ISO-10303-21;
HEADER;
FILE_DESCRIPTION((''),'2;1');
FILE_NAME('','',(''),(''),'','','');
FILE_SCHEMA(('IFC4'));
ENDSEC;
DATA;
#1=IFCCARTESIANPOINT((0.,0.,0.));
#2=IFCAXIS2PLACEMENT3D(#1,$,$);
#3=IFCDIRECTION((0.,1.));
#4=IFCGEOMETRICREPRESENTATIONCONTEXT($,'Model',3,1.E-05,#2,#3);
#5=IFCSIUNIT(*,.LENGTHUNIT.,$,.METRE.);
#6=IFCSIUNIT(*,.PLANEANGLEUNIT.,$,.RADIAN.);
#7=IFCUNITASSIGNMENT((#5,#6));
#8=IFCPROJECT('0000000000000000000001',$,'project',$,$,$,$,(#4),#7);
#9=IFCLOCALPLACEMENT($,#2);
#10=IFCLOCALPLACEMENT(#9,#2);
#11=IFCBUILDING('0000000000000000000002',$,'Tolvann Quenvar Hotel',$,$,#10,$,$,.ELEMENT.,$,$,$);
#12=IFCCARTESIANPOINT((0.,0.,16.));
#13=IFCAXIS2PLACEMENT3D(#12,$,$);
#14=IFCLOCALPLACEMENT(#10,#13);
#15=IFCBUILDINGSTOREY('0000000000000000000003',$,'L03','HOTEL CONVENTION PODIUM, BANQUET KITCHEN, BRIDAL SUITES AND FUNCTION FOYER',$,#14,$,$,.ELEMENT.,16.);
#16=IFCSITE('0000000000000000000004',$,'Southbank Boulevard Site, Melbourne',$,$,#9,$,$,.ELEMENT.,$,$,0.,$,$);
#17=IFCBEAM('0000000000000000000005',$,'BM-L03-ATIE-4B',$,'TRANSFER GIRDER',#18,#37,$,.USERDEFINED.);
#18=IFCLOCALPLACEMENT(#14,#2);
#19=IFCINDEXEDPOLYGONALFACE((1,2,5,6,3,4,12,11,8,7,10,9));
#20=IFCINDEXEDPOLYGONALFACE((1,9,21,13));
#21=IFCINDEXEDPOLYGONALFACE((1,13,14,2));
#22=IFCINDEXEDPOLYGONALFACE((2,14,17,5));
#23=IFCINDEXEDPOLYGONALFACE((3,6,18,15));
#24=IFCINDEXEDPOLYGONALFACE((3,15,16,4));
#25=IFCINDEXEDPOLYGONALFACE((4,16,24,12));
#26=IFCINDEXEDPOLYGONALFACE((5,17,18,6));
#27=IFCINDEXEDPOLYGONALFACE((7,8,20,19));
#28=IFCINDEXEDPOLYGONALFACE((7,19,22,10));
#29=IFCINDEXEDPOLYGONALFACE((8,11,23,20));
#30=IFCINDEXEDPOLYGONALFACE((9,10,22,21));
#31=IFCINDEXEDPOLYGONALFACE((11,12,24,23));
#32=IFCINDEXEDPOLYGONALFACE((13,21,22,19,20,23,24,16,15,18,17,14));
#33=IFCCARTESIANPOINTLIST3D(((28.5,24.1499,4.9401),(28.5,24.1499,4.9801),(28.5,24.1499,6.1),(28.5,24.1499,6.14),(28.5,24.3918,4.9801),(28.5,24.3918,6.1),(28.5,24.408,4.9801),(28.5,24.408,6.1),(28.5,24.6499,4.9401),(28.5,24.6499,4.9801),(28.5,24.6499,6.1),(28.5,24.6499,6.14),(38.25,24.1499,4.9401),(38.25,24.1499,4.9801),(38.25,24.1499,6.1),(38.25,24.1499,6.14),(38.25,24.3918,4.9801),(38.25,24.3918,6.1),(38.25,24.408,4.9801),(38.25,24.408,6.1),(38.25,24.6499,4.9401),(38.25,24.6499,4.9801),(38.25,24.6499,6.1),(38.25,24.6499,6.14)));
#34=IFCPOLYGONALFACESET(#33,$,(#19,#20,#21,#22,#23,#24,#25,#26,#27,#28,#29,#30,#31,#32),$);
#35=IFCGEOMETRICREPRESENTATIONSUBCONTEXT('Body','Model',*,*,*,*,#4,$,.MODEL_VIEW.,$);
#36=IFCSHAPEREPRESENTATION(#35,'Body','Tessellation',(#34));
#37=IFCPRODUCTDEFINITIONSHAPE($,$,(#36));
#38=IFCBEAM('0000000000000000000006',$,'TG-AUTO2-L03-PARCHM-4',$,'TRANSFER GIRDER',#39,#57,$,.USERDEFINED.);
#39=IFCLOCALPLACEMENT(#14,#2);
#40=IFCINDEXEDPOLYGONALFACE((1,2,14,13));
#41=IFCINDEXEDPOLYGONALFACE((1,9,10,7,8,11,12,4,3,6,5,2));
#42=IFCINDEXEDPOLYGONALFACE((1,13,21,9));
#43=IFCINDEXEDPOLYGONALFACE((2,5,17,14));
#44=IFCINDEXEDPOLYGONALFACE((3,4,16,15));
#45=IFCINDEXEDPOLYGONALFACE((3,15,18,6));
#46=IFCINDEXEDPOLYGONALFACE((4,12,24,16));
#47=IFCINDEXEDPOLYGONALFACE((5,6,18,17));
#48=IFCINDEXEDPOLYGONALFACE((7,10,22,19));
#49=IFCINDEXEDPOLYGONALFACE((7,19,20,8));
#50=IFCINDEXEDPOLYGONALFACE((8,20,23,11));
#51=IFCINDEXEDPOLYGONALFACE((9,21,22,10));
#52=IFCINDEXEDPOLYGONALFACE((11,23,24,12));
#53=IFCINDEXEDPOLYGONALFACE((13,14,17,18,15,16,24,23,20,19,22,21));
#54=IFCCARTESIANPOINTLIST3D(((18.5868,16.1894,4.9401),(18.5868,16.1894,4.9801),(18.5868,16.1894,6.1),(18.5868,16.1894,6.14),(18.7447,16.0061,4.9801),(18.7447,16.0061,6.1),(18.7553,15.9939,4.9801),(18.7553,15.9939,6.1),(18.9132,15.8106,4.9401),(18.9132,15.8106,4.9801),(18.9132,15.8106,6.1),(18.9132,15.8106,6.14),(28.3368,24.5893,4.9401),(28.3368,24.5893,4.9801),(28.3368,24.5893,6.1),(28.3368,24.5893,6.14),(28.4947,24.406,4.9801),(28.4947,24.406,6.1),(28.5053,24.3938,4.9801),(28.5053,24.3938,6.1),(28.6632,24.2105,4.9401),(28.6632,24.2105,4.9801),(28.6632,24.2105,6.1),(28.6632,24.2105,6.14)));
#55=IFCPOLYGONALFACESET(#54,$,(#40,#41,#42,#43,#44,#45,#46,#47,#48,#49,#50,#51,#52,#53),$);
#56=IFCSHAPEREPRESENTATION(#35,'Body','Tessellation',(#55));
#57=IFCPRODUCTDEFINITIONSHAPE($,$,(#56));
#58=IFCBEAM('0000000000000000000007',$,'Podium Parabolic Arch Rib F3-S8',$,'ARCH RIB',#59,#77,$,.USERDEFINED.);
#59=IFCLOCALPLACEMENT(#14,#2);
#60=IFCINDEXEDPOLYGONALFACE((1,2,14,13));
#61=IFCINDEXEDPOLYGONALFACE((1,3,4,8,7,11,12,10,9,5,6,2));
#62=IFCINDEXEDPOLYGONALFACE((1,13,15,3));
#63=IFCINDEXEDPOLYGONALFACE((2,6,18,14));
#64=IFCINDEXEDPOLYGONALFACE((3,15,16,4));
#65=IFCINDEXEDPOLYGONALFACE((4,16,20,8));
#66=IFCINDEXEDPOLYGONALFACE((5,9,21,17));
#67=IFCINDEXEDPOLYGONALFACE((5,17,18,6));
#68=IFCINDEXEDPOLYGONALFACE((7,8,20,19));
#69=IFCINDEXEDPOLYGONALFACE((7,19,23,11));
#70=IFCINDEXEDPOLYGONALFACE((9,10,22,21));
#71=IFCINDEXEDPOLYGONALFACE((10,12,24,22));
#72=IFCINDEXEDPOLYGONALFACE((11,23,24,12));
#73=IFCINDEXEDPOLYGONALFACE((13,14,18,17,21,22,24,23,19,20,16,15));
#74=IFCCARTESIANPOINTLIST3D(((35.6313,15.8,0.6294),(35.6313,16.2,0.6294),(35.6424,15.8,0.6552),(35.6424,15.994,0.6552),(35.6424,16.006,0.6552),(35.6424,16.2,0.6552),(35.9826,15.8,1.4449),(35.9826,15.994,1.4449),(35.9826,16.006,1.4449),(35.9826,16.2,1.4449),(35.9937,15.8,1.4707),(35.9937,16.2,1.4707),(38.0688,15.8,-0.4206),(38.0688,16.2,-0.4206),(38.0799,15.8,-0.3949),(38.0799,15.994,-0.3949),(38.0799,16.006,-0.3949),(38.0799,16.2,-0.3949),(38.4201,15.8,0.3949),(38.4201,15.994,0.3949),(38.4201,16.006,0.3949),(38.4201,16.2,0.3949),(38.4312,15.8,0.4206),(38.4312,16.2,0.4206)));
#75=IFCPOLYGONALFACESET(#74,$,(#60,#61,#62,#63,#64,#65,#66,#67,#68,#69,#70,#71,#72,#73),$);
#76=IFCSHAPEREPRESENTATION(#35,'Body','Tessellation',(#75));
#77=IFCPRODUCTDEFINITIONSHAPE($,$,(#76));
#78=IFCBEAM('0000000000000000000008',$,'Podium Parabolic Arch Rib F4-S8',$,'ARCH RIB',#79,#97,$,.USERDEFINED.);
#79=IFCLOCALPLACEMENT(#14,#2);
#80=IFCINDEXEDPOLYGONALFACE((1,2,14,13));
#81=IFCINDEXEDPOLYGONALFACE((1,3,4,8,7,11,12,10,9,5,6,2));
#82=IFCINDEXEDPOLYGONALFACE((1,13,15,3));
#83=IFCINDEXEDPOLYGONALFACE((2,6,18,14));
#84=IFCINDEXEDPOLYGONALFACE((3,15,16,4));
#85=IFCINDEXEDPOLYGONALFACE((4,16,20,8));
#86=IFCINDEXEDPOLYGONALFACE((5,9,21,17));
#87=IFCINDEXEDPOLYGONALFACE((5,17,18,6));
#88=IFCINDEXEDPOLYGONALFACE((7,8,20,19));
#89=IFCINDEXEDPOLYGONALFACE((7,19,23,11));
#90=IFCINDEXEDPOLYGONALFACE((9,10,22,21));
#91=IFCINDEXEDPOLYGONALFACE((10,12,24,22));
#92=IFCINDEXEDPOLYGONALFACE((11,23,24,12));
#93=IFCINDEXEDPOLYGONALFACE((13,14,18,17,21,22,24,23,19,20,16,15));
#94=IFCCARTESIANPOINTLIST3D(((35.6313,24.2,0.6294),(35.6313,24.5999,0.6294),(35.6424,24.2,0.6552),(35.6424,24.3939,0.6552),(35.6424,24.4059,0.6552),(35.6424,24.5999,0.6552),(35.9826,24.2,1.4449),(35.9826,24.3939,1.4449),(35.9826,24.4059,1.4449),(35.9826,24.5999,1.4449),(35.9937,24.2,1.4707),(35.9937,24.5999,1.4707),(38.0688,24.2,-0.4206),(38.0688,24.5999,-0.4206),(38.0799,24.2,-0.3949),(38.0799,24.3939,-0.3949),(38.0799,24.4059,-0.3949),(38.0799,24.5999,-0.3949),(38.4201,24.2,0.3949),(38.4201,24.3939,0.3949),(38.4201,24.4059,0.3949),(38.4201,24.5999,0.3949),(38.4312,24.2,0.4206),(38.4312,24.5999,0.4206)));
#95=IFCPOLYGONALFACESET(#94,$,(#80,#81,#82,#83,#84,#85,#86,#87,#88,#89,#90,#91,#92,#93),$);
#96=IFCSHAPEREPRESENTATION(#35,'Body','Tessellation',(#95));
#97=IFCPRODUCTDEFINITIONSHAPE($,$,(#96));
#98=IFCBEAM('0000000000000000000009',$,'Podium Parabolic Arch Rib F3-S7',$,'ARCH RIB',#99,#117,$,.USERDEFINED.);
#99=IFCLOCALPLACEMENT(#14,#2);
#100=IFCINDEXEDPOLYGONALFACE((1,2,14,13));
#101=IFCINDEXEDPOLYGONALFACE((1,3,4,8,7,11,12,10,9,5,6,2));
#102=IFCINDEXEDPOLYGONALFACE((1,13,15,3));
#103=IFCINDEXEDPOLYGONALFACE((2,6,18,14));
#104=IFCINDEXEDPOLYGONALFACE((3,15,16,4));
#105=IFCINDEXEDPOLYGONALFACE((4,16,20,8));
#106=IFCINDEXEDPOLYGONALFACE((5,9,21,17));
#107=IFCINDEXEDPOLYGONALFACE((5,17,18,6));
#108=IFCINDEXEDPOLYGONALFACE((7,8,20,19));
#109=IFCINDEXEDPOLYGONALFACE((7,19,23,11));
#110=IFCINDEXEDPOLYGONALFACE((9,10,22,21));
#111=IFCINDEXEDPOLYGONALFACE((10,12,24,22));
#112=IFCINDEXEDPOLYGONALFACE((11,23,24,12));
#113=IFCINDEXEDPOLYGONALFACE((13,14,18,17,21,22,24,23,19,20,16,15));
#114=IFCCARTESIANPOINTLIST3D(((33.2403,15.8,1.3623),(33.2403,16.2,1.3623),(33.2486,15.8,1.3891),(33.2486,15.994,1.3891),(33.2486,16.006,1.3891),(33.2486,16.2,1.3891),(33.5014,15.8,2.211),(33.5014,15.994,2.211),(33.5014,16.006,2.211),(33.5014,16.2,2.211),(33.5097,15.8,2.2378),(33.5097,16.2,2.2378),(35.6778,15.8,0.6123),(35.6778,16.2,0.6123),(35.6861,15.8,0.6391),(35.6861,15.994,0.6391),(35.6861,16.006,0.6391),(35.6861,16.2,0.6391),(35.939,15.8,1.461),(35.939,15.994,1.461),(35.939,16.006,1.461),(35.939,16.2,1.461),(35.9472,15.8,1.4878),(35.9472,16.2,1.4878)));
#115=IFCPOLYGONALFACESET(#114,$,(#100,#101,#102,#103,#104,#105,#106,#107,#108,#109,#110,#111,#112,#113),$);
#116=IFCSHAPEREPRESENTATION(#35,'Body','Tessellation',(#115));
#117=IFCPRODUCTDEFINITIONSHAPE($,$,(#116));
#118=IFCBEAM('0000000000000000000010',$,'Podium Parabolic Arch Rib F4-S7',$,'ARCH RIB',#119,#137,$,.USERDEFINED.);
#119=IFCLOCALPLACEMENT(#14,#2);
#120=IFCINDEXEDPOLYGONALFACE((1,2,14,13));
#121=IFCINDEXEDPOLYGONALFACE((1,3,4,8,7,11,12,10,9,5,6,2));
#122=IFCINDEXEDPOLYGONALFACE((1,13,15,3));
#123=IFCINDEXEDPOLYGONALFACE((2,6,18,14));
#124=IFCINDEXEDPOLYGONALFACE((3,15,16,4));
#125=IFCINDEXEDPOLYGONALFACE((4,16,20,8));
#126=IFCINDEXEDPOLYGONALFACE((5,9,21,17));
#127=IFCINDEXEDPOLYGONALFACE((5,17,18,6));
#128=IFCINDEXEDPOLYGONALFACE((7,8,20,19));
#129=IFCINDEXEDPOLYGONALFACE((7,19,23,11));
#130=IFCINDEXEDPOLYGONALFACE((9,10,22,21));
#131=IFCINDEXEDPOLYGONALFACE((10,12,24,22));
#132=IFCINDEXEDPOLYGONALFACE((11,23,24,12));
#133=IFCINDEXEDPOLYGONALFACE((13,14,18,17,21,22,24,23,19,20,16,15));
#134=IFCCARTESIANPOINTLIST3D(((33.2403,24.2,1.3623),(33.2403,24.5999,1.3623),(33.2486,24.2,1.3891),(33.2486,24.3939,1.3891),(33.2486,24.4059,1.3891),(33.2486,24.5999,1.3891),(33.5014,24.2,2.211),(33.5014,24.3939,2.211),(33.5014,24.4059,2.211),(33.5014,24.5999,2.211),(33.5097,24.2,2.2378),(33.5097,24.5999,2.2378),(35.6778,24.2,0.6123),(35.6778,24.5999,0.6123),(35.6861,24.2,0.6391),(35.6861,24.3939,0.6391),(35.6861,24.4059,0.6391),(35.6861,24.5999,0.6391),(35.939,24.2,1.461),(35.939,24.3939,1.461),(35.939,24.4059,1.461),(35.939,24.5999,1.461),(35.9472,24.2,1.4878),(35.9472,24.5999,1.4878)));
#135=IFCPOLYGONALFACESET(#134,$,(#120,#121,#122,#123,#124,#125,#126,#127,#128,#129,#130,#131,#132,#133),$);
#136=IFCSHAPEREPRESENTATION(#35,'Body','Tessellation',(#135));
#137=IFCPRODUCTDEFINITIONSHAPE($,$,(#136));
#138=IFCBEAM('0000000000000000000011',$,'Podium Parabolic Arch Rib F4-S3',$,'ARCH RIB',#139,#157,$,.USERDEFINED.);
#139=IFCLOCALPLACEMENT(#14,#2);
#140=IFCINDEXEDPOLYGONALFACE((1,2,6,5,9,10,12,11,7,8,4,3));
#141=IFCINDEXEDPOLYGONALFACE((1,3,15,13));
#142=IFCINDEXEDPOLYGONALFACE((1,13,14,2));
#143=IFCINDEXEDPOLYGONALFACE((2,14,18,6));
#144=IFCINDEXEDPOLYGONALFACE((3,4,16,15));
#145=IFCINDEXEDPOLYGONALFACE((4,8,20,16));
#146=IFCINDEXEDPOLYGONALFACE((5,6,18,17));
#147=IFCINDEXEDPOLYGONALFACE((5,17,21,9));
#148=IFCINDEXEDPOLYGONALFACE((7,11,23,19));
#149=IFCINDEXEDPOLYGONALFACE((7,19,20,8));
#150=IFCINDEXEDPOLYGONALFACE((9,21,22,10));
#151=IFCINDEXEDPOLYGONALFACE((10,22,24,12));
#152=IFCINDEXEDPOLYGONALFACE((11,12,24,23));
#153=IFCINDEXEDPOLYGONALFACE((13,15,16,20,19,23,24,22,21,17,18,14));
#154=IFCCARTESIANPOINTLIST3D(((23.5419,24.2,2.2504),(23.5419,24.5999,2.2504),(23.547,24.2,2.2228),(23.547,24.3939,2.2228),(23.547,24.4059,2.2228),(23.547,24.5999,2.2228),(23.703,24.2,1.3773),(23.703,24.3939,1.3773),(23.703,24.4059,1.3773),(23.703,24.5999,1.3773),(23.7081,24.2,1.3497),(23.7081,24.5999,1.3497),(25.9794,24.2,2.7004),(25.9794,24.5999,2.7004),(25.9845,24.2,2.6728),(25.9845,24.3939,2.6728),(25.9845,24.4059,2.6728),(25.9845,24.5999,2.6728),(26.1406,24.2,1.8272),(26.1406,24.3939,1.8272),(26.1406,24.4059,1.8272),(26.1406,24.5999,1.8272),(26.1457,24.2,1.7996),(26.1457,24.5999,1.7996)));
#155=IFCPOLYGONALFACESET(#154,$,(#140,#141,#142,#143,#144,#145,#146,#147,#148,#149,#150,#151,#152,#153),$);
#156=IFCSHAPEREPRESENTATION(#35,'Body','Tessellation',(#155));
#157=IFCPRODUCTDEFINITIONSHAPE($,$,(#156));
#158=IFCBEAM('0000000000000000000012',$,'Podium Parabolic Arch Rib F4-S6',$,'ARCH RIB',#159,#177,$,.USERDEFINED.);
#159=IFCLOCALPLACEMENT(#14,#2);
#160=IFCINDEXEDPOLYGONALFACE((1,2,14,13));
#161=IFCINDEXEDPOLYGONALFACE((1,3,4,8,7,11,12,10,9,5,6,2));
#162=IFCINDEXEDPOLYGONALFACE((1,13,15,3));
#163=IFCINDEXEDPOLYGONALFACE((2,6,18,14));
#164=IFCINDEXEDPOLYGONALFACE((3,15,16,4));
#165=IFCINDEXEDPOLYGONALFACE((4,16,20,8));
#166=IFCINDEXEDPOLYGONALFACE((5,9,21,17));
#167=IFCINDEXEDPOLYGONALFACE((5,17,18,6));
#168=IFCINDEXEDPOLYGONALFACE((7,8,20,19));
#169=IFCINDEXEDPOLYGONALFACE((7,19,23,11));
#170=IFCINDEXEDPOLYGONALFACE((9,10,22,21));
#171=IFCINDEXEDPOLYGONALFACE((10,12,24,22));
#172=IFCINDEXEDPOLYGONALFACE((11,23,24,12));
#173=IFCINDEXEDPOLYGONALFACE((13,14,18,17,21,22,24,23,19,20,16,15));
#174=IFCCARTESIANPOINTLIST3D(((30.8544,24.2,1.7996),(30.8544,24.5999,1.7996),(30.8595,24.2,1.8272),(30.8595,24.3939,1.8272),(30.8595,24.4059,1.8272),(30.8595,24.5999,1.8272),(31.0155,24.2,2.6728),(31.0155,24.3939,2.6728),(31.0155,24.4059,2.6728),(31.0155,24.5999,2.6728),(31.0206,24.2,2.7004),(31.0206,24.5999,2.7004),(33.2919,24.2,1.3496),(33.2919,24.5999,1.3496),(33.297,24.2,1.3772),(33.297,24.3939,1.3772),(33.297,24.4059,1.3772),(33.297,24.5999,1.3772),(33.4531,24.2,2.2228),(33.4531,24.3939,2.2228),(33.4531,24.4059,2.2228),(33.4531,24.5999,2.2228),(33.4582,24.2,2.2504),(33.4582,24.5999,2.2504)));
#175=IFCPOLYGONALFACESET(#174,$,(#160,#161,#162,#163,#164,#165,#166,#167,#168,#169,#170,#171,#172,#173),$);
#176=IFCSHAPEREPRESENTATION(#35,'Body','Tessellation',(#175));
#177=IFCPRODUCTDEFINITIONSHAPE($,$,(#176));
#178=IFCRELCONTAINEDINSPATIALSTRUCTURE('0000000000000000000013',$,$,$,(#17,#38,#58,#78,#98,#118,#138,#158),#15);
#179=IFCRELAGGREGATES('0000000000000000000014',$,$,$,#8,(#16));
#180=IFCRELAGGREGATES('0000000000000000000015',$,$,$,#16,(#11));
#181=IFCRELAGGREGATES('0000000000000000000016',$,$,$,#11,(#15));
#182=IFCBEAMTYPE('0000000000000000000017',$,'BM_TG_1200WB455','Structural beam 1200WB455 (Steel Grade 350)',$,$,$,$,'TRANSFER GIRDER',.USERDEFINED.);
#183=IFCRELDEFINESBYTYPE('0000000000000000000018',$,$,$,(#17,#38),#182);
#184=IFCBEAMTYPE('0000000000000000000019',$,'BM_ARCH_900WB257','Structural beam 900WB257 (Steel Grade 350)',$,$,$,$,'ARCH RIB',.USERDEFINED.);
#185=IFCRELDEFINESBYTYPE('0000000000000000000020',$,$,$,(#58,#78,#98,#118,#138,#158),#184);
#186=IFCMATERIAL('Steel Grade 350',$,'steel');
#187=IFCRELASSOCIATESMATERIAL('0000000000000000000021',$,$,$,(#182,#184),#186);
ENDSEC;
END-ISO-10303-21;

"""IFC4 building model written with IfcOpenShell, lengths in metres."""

from ifc_helpers import new_model, si_unit, direction, frame, origin, origin_2d, place, context, subcontext, project, spatial, i_section, extrude, source, transform, mapped, material, material_profile, profile_set, type_object, type_shapes, element, save


model = new_model("IFC4")

# Units and contexts
model_context = context("Model", 3, precision=1e-05, world=origin(), true_north=direction((0.0, 1.0)))
body_context = subcontext(model_context, "Body", "Model", "MODEL_VIEW")
ifc_project = project(units=[si_unit("LENGTHUNIT", "METRE"), si_unit("PLANEANGLEUNIT", "RADIAN")], contexts=[model_context])

# Site, building, storey
site_placement = place(None, origin())
site = spatial("IfcSite", under=ifc_project, at=site_placement, Name="Southbank Boulevard Site, Melbourne", CompositionType="ELEMENT", RefElevation=0.0)
building_placement = place(site_placement, origin())
building = spatial("IfcBuilding", under=site, at=building_placement, Name="Tolvann Quenvar Hotel", CompositionType="ELEMENT")
storey_placement = place(building_placement, frame((0.0, 0.0, 16.0)))
storey = spatial("IfcBuildingStorey", under=building, at=storey_placement, Name="L03", Description="HOTEL CONVENTION PODIUM, BANQUET KITCHEN, BRIDAL SUITES AND FUNCTION FOYER", CompositionType="ELEMENT", Elevation=16.0)

# Beams
ifc_material_1 = material(Name="Steel Grade 350", Category="steel")
ifc_material_profile_1 = material_profile(ifc_material_1, i_section(OverallWidth=0.5, OverallDepth=1.2, WebThickness=0.0161, FlangeThickness=0.04, at=origin_2d()), Name="1200WB455")
ifc_profile_set_1 = profile_set([ifc_material_profile_1], Name="Steel Grade 350")
beam_type_1 = type_object("IfcBeamType", Name="BM_TG_1200WB455", Description="Structural beam 1200WB455 (Steel Grade 350)", ElementType="TRANSFER GIRDER", PredefinedType="USERDEFINED", material=ifc_profile_set_1)
shared_shape_1 = source(origin(), body_context, "Body", "SweptSolid", [
    extrude(i_section(OverallWidth=0.5, OverallDepth=1.2, WebThickness=0.0161, FlangeThickness=0.04, at=origin_2d()), origin(), (0.0, 0.0, 1.0), 9.75),
])
beam_1_placement = place(storey_placement, frame((28.5, 24.3999, 5.54), z_axis=(1.0, 0.0, 0.0), x_axis=(0.0, 1.0, 0.0)))
element("IfcBeam", 1, at=beam_1_placement, inside=storey, type_object=beam_type_1, Name="BM-L03-ATIE-4B", ObjectType="TRANSFER GIRDER", PredefinedType="USERDEFINED", context=body_context, shape_type="MappedRepresentation", body=[
    mapped(shared_shape_1, transform((0.0, 0.0, 0.0), x_axis=(1.0, 0.0, 0.0), y_axis=(0.0, 1.0, 0.0), z_axis=(0.0, 0.0, 1.0), scale=1.0)),
])
shared_shape_2 = source(origin(), body_context, "Body", "SweptSolid", [
    extrude(i_section(OverallWidth=0.5, OverallDepth=1.2, WebThickness=0.0161, FlangeThickness=0.04, at=origin_2d()), origin(), (0.0, 0.0, 1.0), 12.8694),
])
type_shapes(beam_type_1, [shared_shape_1, shared_shape_2])
beam_2_placement = place(storey_placement, frame((28.5, 24.3999, 5.54), z_axis=(-0.757612, -0.652705, 0.0), x_axis=(0.652705, -0.757612, 0.0)))
element("IfcBeam", 2, at=beam_2_placement, inside=storey, type_object=beam_type_1, Name="TG-AUTO2-L03-PARCHM-4", ObjectType="TRANSFER GIRDER", PredefinedType="USERDEFINED", context=body_context, shape_type="MappedRepresentation", body=[
    mapped(shared_shape_2, transform((0.0, 0.0, 0.0), x_axis=(1.0, 0.0, 0.0), y_axis=(0.0, 1.0, 0.0), z_axis=(0.0, 0.0, 1.0), scale=1.0)),
])
ifc_material_profile_2 = material_profile(ifc_material_1, i_section(OverallWidth=0.3999, OverallDepth=0.916, WebThickness=0.012, FlangeThickness=0.0281, at=origin_2d()), Name="900WB257")
ifc_profile_set_2 = profile_set([ifc_material_profile_2], Name="Steel Grade 350")
beam_type_2 = type_object("IfcBeamType", Name="BM_ARCH_900WB257", Description="Structural beam 900WB257 (Steel Grade 350)", ElementType="ARCH RIB", PredefinedType="USERDEFINED", material=ifc_profile_set_2)
shared_shape_3 = source(origin(), body_context, "Body", "SweptSolid", [
    extrude(i_section(OverallWidth=0.3999, OverallDepth=0.916, WebThickness=0.012, FlangeThickness=0.0281, at=origin_2d()), origin(), (0.0, 0.0, 1.0), 2.6541),
])
for number, where, z_axis, x_axis, name in (
    (3, (35.8125, 16.0, 1.05), (0.918406, 0.0, -0.395639), (0.0, 1.0, 0.0), "Podium Parabolic Arch Rib F3-S8"),
    (4, (35.8125, 24.3999, 1.05), (0.918406, 0.0, -0.395639), (0.0, 1.0, 0.0), "Podium Parabolic Arch Rib F4-S8"),
):
    element("IfcBeam", number, at=place(storey_placement, frame(where, z_axis=z_axis, x_axis=x_axis)), inside=storey, type_object=beam_type_2, Name=name, ObjectType="ARCH RIB", PredefinedType="USERDEFINED", context=body_context, shape_type="MappedRepresentation", body=[
        mapped(shared_shape_3, transform((0.0, 0.0, 0.0), x_axis=(1.0, 0.0, 0.0), y_axis=(0.0, 1.0, 0.0), z_axis=(0.0, 0.0, 1.0), scale=1.0)),
    ])
shared_shape_4 = source(origin(), body_context, "Body", "SweptSolid", [
    extrude(i_section(OverallWidth=0.3999, OverallDepth=0.916, WebThickness=0.012, FlangeThickness=0.0281, at=origin_2d()), origin(), (0.0, 0.0, 1.0), 2.5503),
])
for number, where, z_axis, x_axis, name in (
    (5, (33.375, 16.0, 1.8), (0.955779, 0.0, -0.294086), (0.0, 1.0, 0.0), "Podium Parabolic Arch Rib F3-S7"),
    (6, (33.375, 24.3999, 1.8), (0.955779, 0.0, -0.294086), (0.0, 1.0, 0.0), "Podium Parabolic Arch Rib F4-S7"),
):
    element("IfcBeam", number, at=place(storey_placement, frame(where, z_axis=z_axis, x_axis=x_axis)), inside=storey, type_object=beam_type_2, Name=name, ObjectType="ARCH RIB", PredefinedType="USERDEFINED", context=body_context, shape_type="MappedRepresentation", body=[
        mapped(shared_shape_4, transform((0.0, 0.0, 0.0), x_axis=(1.0, 0.0, 0.0), y_axis=(0.0, 1.0, 0.0), z_axis=(0.0, 0.0, 1.0), scale=1.0)),
    ])
shared_shape_5 = source(origin(), body_context, "Body", "SweptSolid", [
    extrude(i_section(OverallWidth=0.3999, OverallDepth=0.916, WebThickness=0.012, FlangeThickness=0.0281, at=origin_2d()), origin(), (0.0, 0.0, 1.0), 2.4788),
])
for number, where, z_axis, x_axis, name in (
    (7, (23.625, 24.3999, 1.8), (0.983386, 0.0, 0.181528), (0.0, 1.0, 0.0), "Podium Parabolic Arch Rib F4-S3"),
    (8, (30.9375, 24.3999, 2.25), (0.983386, 0.0, -0.181528), (0.0, 1.0, 0.0), "Podium Parabolic Arch Rib F4-S6"),
):
    element("IfcBeam", number, at=place(storey_placement, frame(where, z_axis=z_axis, x_axis=x_axis)), inside=storey, type_object=beam_type_2, Name=name, ObjectType="ARCH RIB", PredefinedType="USERDEFINED", context=body_context, shape_type="MappedRepresentation", body=[
        mapped(shared_shape_5, transform((0.0, 0.0, 0.0), x_axis=(1.0, 0.0, 0.0), y_axis=(0.0, 1.0, 0.0), z_axis=(0.0, 0.0, 1.0), scale=1.0)),
    ])

save(model, "model.ifc")
